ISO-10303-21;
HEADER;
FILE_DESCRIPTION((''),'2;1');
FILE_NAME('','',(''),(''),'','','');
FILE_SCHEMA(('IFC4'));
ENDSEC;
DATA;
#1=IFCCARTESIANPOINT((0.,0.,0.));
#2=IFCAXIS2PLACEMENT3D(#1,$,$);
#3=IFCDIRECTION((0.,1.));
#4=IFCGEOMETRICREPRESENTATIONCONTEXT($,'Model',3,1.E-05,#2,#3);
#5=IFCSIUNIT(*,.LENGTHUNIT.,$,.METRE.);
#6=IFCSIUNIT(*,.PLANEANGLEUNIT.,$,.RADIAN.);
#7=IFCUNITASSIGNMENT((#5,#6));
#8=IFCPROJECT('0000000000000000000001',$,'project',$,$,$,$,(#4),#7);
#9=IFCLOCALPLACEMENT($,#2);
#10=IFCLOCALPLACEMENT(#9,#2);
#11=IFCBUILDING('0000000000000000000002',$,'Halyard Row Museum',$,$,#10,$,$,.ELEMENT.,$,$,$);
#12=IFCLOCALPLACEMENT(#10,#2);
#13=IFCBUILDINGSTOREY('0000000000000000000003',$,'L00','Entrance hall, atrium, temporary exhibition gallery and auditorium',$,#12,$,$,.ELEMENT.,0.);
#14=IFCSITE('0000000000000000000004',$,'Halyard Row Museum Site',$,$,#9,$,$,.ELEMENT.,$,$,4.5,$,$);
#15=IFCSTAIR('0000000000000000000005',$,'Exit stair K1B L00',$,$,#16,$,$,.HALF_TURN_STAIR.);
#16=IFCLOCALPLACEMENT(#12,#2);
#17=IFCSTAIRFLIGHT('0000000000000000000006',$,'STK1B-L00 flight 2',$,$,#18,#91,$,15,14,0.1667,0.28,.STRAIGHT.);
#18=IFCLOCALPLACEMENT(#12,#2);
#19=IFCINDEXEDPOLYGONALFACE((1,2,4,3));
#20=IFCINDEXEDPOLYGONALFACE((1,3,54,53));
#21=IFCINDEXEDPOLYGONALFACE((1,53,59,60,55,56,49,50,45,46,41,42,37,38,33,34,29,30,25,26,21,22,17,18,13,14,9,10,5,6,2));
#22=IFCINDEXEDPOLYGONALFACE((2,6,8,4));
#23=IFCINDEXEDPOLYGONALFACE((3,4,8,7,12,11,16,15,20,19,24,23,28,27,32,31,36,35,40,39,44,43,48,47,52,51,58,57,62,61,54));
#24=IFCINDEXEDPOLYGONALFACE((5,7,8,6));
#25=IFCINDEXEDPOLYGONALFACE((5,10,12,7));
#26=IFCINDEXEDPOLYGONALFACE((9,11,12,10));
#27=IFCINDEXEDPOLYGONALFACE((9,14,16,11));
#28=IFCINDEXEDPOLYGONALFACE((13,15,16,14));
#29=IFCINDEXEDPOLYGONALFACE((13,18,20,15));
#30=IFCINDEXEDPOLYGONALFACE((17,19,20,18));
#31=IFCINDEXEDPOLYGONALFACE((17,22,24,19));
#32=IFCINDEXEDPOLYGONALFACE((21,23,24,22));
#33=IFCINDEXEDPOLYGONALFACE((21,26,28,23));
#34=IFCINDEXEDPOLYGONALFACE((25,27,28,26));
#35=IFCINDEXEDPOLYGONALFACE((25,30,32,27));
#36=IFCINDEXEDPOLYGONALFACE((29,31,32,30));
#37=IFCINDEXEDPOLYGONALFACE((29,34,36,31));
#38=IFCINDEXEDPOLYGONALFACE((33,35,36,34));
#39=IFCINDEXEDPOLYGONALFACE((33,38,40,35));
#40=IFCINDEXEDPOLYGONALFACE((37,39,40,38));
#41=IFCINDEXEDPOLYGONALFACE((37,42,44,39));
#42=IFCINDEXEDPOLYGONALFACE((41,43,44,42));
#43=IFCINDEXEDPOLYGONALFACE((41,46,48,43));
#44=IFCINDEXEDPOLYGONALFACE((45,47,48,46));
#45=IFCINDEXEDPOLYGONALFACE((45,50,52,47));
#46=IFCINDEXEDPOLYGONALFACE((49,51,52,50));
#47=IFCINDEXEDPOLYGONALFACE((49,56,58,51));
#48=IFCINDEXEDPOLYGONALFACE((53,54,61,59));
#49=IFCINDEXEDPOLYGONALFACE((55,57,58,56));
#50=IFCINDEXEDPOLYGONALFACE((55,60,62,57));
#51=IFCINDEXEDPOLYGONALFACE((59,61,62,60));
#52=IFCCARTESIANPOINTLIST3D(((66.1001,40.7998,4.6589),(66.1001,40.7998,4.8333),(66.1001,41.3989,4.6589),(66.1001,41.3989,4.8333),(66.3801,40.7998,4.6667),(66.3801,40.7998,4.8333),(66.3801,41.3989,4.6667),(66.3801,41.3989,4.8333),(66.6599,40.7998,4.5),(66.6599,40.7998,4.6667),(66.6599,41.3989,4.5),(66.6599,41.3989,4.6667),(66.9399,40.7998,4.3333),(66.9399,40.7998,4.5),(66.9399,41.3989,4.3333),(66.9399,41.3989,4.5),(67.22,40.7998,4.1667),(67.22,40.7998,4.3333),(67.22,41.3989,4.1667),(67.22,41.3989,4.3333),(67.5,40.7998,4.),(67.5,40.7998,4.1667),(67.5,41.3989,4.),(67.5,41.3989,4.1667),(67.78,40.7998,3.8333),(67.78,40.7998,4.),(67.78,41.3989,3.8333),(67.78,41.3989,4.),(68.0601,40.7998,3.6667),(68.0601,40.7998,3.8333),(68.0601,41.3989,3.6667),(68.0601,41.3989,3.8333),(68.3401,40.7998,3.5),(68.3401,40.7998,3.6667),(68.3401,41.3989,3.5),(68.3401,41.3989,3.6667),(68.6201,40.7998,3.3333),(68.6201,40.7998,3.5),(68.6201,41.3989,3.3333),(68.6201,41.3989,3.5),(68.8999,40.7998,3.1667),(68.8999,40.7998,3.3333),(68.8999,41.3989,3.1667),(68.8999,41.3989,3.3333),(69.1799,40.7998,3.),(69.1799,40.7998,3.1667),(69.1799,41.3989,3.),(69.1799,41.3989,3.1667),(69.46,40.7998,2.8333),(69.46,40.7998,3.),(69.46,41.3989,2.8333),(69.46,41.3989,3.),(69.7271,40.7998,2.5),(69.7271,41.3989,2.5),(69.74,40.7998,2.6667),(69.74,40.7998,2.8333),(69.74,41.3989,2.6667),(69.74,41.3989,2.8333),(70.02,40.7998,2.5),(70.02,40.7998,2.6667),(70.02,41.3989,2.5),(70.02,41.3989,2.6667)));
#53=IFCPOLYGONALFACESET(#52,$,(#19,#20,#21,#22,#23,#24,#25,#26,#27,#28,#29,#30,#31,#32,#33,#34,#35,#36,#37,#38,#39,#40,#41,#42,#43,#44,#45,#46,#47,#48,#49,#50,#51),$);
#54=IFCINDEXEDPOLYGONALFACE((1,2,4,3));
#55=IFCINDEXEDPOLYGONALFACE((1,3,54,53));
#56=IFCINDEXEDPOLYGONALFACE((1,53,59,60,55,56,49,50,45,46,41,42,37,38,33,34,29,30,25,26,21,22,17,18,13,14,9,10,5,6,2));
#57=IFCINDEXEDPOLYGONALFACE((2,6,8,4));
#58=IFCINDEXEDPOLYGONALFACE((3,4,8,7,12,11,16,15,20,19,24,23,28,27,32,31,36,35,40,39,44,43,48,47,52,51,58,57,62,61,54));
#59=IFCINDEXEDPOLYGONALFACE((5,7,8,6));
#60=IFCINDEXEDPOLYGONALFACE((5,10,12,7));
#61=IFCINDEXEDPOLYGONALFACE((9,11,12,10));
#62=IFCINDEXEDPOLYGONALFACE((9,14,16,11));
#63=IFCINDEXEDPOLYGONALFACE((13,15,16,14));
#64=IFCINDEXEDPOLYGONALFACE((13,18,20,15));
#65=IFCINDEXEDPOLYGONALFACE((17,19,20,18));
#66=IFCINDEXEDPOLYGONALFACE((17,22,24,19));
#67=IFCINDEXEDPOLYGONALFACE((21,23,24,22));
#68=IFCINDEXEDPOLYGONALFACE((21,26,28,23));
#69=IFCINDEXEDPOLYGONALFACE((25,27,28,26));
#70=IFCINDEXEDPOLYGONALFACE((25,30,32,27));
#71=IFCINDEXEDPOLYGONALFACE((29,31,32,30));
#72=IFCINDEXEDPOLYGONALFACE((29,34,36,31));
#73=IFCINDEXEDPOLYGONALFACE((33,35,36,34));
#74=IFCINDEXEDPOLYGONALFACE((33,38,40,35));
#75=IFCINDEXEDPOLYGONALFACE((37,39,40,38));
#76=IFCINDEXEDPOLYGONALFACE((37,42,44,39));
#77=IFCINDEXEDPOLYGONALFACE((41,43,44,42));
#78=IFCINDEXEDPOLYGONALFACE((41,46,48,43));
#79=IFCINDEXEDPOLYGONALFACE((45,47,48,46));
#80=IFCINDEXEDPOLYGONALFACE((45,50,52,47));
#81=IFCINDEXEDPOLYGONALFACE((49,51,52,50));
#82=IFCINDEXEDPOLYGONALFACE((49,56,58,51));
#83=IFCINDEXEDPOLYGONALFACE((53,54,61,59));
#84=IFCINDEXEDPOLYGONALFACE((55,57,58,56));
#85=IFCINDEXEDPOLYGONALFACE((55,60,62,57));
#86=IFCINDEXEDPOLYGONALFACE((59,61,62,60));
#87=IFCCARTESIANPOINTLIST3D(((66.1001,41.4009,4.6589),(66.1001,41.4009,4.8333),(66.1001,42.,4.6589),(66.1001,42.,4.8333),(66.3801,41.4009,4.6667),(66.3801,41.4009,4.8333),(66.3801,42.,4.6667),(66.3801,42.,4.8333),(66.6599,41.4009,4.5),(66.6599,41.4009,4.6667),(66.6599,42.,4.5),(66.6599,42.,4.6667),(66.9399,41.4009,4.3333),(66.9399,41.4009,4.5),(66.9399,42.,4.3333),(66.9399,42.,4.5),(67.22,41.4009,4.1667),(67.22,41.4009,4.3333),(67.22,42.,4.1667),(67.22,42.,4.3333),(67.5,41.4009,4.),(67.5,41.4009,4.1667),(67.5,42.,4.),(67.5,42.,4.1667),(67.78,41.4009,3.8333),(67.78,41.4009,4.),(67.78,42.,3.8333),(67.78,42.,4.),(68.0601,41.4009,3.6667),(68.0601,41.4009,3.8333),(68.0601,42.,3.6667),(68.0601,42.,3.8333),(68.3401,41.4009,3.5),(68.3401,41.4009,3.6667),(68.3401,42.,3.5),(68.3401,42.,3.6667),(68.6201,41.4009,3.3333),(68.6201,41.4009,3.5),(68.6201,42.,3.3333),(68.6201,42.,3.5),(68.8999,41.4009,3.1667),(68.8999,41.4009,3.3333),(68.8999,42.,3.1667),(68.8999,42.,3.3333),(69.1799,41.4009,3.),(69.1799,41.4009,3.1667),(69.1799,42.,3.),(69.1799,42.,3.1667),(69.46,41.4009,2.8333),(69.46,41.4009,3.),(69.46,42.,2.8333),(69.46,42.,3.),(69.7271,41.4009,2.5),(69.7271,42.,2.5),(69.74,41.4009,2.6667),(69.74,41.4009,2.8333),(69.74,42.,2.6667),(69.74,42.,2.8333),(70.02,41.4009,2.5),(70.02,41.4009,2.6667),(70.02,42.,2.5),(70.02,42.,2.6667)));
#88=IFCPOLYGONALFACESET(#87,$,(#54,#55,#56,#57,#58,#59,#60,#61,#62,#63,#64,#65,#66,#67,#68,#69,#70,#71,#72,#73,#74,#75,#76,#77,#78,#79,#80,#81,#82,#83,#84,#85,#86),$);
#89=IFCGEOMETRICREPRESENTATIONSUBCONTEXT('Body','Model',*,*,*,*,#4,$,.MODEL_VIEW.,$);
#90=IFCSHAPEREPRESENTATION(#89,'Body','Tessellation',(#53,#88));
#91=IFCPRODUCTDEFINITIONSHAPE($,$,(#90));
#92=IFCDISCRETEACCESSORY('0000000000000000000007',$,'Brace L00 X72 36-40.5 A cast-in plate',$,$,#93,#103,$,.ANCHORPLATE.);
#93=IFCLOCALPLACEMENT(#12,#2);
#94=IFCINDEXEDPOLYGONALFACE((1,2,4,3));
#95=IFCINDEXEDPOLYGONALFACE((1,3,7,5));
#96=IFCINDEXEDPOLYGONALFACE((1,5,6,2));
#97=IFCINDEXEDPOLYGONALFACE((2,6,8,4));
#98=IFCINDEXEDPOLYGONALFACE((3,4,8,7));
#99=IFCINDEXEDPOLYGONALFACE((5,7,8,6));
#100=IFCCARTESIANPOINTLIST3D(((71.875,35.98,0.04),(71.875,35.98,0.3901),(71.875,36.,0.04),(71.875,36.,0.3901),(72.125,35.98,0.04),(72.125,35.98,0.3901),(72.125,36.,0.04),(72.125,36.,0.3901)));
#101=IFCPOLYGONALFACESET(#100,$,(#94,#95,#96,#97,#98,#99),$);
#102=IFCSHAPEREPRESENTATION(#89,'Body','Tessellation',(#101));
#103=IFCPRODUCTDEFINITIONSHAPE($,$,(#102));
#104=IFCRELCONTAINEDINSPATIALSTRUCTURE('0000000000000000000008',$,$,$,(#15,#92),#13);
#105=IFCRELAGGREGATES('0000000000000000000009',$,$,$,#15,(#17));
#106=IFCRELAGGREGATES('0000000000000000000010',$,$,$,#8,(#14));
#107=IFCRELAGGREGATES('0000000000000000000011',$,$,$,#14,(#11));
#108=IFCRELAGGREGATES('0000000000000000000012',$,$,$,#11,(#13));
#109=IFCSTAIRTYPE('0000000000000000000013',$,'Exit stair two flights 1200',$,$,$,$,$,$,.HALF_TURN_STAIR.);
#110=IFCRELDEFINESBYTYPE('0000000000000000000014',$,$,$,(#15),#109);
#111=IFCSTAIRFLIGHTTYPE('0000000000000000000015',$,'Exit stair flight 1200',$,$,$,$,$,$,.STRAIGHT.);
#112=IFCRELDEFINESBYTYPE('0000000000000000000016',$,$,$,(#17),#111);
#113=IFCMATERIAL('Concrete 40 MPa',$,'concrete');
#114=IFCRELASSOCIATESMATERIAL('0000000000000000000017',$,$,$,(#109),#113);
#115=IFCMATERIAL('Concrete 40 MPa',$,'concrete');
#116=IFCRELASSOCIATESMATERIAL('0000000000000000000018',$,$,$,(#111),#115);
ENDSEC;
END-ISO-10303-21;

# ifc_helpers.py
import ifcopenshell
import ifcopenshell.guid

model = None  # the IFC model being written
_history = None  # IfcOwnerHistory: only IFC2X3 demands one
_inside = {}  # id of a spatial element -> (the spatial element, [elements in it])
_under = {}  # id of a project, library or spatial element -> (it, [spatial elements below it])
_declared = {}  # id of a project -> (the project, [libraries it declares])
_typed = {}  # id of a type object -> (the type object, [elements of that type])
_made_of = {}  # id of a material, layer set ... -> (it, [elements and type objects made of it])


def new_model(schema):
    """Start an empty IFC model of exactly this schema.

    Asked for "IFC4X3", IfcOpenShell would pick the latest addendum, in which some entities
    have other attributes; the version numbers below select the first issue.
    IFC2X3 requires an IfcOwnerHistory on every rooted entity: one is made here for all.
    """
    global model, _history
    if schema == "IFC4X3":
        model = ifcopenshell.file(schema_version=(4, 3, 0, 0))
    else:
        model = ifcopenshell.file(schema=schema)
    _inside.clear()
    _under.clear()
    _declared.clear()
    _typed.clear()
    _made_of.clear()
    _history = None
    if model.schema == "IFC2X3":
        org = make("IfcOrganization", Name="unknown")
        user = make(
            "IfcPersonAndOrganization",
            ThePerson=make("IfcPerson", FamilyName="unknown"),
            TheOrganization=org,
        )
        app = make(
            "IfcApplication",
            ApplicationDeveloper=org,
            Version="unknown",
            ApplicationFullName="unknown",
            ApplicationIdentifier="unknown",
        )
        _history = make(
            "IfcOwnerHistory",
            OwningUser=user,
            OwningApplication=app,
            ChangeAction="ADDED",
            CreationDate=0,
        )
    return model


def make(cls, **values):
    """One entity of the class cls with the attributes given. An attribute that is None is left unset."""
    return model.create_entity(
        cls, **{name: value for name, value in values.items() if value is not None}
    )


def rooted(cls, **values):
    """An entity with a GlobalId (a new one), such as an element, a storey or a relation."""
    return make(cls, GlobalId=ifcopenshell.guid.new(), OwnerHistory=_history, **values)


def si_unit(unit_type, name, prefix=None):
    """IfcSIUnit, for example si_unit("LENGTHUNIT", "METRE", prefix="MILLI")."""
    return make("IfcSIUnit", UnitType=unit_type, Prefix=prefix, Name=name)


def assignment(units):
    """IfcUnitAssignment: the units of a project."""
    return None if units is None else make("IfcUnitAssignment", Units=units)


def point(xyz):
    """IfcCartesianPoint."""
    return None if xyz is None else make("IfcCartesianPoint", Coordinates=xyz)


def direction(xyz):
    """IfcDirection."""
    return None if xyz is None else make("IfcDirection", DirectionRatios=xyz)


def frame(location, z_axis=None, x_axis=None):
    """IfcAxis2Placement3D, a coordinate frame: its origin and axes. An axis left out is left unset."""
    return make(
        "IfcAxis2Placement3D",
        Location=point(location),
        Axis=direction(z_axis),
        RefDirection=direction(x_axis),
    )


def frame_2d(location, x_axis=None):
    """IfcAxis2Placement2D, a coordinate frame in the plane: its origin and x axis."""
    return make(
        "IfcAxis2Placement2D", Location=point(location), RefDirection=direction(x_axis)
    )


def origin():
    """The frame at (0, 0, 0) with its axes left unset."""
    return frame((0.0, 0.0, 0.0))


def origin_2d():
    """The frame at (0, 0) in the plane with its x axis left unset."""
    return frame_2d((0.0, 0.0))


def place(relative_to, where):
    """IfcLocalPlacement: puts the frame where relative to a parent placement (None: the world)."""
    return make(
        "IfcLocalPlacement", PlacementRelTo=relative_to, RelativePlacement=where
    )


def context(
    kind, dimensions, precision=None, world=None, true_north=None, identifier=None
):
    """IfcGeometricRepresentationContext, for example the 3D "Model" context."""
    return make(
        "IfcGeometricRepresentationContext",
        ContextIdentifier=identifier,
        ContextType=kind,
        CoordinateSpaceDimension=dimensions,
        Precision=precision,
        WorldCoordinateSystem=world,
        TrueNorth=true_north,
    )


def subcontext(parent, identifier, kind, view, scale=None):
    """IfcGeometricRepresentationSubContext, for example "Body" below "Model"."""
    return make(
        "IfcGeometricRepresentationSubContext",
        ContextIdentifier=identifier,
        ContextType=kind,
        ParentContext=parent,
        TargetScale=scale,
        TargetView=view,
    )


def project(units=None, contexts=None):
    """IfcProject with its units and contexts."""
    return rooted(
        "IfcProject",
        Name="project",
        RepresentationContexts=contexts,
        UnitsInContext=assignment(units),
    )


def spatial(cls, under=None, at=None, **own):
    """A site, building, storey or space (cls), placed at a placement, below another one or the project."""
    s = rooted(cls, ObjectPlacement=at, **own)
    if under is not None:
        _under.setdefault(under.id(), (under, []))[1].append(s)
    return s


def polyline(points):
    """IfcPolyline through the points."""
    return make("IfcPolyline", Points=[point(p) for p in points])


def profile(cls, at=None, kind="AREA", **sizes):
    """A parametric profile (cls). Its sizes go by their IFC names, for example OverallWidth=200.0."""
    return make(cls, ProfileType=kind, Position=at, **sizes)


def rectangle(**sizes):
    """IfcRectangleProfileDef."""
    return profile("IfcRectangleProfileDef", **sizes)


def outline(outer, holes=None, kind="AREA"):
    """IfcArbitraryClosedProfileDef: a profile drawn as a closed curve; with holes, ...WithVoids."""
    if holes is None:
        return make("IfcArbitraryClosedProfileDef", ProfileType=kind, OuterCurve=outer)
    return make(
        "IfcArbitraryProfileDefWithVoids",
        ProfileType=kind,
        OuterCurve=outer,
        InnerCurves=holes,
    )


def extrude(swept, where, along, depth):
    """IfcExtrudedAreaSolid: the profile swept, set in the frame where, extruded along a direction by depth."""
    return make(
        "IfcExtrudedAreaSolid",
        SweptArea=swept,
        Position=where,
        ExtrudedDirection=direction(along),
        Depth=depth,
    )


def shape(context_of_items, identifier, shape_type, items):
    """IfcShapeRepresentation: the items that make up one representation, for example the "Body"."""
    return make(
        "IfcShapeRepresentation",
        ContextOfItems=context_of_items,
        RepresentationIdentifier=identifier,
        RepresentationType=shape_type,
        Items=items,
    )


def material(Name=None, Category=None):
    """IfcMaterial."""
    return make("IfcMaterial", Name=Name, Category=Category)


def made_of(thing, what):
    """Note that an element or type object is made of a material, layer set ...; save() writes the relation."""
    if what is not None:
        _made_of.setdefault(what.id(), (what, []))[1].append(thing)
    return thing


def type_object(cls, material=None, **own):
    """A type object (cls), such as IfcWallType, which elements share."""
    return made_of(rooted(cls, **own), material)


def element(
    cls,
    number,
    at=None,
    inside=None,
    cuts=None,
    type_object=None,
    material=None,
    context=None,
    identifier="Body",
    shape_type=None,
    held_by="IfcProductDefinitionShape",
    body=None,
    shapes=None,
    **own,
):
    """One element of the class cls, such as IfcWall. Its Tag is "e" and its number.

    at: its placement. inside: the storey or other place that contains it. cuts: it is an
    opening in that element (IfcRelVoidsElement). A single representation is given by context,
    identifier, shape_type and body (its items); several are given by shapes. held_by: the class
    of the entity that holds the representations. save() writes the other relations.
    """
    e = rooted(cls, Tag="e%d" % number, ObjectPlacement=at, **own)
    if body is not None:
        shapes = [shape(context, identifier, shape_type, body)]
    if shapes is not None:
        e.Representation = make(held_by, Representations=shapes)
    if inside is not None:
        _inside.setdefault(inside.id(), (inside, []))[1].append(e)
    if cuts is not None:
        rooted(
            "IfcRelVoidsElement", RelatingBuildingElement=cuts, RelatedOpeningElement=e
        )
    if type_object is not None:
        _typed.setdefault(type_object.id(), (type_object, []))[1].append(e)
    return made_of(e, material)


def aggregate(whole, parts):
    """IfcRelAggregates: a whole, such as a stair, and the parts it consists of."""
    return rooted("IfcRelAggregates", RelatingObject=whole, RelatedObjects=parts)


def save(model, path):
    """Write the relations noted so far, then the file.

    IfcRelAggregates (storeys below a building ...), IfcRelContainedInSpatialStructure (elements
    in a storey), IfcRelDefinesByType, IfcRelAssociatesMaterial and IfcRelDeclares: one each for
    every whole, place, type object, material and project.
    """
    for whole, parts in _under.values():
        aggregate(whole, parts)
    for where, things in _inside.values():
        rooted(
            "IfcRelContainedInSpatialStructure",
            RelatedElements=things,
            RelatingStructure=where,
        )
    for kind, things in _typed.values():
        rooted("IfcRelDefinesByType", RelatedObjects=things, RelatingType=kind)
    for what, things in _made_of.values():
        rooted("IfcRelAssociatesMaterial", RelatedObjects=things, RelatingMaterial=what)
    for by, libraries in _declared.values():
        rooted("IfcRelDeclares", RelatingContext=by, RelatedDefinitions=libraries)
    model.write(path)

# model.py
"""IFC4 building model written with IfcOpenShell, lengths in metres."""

from ifc_helpers import new_model, si_unit, direction, frame, origin, origin_2d, place, context, subcontext, project, spatial, polyline, rectangle, outline, extrude, material, type_object, element, aggregate, save


model = new_model("IFC4")

# Units and contexts
model_context = context("Model", 3, precision=1e-05, world=origin(), true_north=direction((0.0, 1.0)))
body_context = subcontext(model_context, "Body", "Model", "MODEL_VIEW")
ifc_project = project(units=[si_unit("LENGTHUNIT", "METRE"), si_unit("PLANEANGLEUNIT", "RADIAN")], contexts=[model_context])

# Site, building, storey
site_placement = place(None, origin())
site = spatial("IfcSite", under=ifc_project, at=site_placement, Name="Halyard Row Museum Site", CompositionType="ELEMENT", RefElevation=4.5)
building_placement = place(site_placement, origin())
building = spatial("IfcBuilding", under=site, at=building_placement, Name="Halyard Row Museum", CompositionType="ELEMENT")
storey_placement = place(building_placement, origin())
storey = spatial("IfcBuildingStorey", under=building, at=storey_placement, Name="L00", Description="Entrance hall, atrium, temporary exhibition gallery and auditorium", CompositionType="ELEMENT", Elevation=0.0)

# Stair, stair flight
ifc_material_1 = material(Name="Concrete 40 MPa", Category="concrete")
stair_type = type_object("IfcStairType", Name="Exit stair two flights 1200", PredefinedType="HALF_TURN_STAIR", material=ifc_material_1)
stair_placement = place(storey_placement, origin())
stair = element("IfcStair", 1, at=stair_placement, inside=storey, type_object=stair_type, Name="Exit stair K1B L00", PredefinedType="HALF_TURN_STAIR")
ifc_material_2 = material(Name="Concrete 40 MPa", Category="concrete")
stair_flight_type = type_object("IfcStairFlightType", Name="Exit stair flight 1200", PredefinedType="STRAIGHT", material=ifc_material_2)
stair_flight_1_placement = place(storey_placement, frame((70.02, 41.3999, 2.5), z_axis=(0.0, 0.0, 1.0), x_axis=(-1.0, 0.0, 0.0)))
stair_flight_1 = element("IfcStairFlight", 2, at=stair_flight_1_placement, type_object=stair_flight_type, Name="STK1B-L00 flight 2", NumberOfRisers=15, NumberOfTreads=14, PredefinedType="STRAIGHT", RiserHeight=0.1667, TreadLength=0.28, context=body_context, shape_type="SweptSolid", body=[
    extrude(outline(polyline([(0.0, 0.0), (0.0, 0.1667), (0.28, 0.1667), (0.28, 0.3333), (0.5601, 0.3333), (0.5601, 0.5), (0.8401, 0.5), (0.8401, 0.6667), (1.1201, 0.6667), (1.1201, 0.8333), (1.3999, 0.8333), (1.3999, 1.0), (1.6799, 1.0), (1.6799, 1.1667), (1.96, 1.1667), (1.96, 1.3333), (2.24, 1.3333), (2.24, 1.5), (2.52, 1.5), (2.52, 1.6667), (2.8, 1.6667), (2.8, 1.8333), (3.0801, 1.8333), (3.0801, 2.0), (3.3601, 2.0), (3.3601, 2.1667), (3.6399, 2.1667), (3.6399, 2.3333), (3.9199, 2.3333), (3.9199, 2.5), (3.9199, 2.1589), (0.293, 0.0), (0.0, 0.0)])), frame((0.0, 0.6001, 0.0), z_axis=(0.0, -1.0, 0.0), x_axis=(1.0, 0.0, 0.0)), (0.0, 0.0, 1.0), 0.5991),
    extrude(outline(polyline([(0.0, 0.0), (0.0, 0.1667), (0.28, 0.1667), (0.28, 0.3333), (0.5601, 0.3333), (0.5601, 0.5), (0.8401, 0.5), (0.8401, 0.6667), (1.1201, 0.6667), (1.1201, 0.8333), (1.3999, 0.8333), (1.3999, 1.0), (1.6799, 1.0), (1.6799, 1.1667), (1.96, 1.1667), (1.96, 1.3333), (2.24, 1.3333), (2.24, 1.5), (2.52, 1.5), (2.52, 1.6667), (2.8, 1.6667), (2.8, 1.8333), (3.0801, 1.8333), (3.0801, 2.0), (3.3601, 2.0), (3.3601, 2.1667), (3.6399, 2.1667), (3.6399, 2.3333), (3.9199, 2.3333), (3.9199, 2.5), (3.9199, 2.1589), (0.293, 0.0), (0.0, 0.0)])), frame((0.0, -0.001, 0.0), z_axis=(0.0, -1.0, 0.0), x_axis=(1.0, 0.0, 0.0)), (0.0, 0.0, 1.0), 0.5991),
])
aggregate(stair, [stair_flight_1])

# Discrete accessory
discrete_accessory_placement = place(storey_placement, frame((72.0, 36.0, 0.2151), z_axis=(0.0, -1.0, 0.0), x_axis=(1.0, 0.0, 0.0)))
element("IfcDiscreteAccessory", 3, at=discrete_accessory_placement, inside=storey, Name="Brace L00 X72 36-40.5 A cast-in plate", PredefinedType="ANCHORPLATE", context=body_context, shape_type="SweptSolid", body=[
    extrude(rectangle(XDim=0.25, YDim=0.3501, at=origin_2d()), origin(), (0.0, 0.0, 1.0), 0.02),
])

save(model, "model.ifc")
